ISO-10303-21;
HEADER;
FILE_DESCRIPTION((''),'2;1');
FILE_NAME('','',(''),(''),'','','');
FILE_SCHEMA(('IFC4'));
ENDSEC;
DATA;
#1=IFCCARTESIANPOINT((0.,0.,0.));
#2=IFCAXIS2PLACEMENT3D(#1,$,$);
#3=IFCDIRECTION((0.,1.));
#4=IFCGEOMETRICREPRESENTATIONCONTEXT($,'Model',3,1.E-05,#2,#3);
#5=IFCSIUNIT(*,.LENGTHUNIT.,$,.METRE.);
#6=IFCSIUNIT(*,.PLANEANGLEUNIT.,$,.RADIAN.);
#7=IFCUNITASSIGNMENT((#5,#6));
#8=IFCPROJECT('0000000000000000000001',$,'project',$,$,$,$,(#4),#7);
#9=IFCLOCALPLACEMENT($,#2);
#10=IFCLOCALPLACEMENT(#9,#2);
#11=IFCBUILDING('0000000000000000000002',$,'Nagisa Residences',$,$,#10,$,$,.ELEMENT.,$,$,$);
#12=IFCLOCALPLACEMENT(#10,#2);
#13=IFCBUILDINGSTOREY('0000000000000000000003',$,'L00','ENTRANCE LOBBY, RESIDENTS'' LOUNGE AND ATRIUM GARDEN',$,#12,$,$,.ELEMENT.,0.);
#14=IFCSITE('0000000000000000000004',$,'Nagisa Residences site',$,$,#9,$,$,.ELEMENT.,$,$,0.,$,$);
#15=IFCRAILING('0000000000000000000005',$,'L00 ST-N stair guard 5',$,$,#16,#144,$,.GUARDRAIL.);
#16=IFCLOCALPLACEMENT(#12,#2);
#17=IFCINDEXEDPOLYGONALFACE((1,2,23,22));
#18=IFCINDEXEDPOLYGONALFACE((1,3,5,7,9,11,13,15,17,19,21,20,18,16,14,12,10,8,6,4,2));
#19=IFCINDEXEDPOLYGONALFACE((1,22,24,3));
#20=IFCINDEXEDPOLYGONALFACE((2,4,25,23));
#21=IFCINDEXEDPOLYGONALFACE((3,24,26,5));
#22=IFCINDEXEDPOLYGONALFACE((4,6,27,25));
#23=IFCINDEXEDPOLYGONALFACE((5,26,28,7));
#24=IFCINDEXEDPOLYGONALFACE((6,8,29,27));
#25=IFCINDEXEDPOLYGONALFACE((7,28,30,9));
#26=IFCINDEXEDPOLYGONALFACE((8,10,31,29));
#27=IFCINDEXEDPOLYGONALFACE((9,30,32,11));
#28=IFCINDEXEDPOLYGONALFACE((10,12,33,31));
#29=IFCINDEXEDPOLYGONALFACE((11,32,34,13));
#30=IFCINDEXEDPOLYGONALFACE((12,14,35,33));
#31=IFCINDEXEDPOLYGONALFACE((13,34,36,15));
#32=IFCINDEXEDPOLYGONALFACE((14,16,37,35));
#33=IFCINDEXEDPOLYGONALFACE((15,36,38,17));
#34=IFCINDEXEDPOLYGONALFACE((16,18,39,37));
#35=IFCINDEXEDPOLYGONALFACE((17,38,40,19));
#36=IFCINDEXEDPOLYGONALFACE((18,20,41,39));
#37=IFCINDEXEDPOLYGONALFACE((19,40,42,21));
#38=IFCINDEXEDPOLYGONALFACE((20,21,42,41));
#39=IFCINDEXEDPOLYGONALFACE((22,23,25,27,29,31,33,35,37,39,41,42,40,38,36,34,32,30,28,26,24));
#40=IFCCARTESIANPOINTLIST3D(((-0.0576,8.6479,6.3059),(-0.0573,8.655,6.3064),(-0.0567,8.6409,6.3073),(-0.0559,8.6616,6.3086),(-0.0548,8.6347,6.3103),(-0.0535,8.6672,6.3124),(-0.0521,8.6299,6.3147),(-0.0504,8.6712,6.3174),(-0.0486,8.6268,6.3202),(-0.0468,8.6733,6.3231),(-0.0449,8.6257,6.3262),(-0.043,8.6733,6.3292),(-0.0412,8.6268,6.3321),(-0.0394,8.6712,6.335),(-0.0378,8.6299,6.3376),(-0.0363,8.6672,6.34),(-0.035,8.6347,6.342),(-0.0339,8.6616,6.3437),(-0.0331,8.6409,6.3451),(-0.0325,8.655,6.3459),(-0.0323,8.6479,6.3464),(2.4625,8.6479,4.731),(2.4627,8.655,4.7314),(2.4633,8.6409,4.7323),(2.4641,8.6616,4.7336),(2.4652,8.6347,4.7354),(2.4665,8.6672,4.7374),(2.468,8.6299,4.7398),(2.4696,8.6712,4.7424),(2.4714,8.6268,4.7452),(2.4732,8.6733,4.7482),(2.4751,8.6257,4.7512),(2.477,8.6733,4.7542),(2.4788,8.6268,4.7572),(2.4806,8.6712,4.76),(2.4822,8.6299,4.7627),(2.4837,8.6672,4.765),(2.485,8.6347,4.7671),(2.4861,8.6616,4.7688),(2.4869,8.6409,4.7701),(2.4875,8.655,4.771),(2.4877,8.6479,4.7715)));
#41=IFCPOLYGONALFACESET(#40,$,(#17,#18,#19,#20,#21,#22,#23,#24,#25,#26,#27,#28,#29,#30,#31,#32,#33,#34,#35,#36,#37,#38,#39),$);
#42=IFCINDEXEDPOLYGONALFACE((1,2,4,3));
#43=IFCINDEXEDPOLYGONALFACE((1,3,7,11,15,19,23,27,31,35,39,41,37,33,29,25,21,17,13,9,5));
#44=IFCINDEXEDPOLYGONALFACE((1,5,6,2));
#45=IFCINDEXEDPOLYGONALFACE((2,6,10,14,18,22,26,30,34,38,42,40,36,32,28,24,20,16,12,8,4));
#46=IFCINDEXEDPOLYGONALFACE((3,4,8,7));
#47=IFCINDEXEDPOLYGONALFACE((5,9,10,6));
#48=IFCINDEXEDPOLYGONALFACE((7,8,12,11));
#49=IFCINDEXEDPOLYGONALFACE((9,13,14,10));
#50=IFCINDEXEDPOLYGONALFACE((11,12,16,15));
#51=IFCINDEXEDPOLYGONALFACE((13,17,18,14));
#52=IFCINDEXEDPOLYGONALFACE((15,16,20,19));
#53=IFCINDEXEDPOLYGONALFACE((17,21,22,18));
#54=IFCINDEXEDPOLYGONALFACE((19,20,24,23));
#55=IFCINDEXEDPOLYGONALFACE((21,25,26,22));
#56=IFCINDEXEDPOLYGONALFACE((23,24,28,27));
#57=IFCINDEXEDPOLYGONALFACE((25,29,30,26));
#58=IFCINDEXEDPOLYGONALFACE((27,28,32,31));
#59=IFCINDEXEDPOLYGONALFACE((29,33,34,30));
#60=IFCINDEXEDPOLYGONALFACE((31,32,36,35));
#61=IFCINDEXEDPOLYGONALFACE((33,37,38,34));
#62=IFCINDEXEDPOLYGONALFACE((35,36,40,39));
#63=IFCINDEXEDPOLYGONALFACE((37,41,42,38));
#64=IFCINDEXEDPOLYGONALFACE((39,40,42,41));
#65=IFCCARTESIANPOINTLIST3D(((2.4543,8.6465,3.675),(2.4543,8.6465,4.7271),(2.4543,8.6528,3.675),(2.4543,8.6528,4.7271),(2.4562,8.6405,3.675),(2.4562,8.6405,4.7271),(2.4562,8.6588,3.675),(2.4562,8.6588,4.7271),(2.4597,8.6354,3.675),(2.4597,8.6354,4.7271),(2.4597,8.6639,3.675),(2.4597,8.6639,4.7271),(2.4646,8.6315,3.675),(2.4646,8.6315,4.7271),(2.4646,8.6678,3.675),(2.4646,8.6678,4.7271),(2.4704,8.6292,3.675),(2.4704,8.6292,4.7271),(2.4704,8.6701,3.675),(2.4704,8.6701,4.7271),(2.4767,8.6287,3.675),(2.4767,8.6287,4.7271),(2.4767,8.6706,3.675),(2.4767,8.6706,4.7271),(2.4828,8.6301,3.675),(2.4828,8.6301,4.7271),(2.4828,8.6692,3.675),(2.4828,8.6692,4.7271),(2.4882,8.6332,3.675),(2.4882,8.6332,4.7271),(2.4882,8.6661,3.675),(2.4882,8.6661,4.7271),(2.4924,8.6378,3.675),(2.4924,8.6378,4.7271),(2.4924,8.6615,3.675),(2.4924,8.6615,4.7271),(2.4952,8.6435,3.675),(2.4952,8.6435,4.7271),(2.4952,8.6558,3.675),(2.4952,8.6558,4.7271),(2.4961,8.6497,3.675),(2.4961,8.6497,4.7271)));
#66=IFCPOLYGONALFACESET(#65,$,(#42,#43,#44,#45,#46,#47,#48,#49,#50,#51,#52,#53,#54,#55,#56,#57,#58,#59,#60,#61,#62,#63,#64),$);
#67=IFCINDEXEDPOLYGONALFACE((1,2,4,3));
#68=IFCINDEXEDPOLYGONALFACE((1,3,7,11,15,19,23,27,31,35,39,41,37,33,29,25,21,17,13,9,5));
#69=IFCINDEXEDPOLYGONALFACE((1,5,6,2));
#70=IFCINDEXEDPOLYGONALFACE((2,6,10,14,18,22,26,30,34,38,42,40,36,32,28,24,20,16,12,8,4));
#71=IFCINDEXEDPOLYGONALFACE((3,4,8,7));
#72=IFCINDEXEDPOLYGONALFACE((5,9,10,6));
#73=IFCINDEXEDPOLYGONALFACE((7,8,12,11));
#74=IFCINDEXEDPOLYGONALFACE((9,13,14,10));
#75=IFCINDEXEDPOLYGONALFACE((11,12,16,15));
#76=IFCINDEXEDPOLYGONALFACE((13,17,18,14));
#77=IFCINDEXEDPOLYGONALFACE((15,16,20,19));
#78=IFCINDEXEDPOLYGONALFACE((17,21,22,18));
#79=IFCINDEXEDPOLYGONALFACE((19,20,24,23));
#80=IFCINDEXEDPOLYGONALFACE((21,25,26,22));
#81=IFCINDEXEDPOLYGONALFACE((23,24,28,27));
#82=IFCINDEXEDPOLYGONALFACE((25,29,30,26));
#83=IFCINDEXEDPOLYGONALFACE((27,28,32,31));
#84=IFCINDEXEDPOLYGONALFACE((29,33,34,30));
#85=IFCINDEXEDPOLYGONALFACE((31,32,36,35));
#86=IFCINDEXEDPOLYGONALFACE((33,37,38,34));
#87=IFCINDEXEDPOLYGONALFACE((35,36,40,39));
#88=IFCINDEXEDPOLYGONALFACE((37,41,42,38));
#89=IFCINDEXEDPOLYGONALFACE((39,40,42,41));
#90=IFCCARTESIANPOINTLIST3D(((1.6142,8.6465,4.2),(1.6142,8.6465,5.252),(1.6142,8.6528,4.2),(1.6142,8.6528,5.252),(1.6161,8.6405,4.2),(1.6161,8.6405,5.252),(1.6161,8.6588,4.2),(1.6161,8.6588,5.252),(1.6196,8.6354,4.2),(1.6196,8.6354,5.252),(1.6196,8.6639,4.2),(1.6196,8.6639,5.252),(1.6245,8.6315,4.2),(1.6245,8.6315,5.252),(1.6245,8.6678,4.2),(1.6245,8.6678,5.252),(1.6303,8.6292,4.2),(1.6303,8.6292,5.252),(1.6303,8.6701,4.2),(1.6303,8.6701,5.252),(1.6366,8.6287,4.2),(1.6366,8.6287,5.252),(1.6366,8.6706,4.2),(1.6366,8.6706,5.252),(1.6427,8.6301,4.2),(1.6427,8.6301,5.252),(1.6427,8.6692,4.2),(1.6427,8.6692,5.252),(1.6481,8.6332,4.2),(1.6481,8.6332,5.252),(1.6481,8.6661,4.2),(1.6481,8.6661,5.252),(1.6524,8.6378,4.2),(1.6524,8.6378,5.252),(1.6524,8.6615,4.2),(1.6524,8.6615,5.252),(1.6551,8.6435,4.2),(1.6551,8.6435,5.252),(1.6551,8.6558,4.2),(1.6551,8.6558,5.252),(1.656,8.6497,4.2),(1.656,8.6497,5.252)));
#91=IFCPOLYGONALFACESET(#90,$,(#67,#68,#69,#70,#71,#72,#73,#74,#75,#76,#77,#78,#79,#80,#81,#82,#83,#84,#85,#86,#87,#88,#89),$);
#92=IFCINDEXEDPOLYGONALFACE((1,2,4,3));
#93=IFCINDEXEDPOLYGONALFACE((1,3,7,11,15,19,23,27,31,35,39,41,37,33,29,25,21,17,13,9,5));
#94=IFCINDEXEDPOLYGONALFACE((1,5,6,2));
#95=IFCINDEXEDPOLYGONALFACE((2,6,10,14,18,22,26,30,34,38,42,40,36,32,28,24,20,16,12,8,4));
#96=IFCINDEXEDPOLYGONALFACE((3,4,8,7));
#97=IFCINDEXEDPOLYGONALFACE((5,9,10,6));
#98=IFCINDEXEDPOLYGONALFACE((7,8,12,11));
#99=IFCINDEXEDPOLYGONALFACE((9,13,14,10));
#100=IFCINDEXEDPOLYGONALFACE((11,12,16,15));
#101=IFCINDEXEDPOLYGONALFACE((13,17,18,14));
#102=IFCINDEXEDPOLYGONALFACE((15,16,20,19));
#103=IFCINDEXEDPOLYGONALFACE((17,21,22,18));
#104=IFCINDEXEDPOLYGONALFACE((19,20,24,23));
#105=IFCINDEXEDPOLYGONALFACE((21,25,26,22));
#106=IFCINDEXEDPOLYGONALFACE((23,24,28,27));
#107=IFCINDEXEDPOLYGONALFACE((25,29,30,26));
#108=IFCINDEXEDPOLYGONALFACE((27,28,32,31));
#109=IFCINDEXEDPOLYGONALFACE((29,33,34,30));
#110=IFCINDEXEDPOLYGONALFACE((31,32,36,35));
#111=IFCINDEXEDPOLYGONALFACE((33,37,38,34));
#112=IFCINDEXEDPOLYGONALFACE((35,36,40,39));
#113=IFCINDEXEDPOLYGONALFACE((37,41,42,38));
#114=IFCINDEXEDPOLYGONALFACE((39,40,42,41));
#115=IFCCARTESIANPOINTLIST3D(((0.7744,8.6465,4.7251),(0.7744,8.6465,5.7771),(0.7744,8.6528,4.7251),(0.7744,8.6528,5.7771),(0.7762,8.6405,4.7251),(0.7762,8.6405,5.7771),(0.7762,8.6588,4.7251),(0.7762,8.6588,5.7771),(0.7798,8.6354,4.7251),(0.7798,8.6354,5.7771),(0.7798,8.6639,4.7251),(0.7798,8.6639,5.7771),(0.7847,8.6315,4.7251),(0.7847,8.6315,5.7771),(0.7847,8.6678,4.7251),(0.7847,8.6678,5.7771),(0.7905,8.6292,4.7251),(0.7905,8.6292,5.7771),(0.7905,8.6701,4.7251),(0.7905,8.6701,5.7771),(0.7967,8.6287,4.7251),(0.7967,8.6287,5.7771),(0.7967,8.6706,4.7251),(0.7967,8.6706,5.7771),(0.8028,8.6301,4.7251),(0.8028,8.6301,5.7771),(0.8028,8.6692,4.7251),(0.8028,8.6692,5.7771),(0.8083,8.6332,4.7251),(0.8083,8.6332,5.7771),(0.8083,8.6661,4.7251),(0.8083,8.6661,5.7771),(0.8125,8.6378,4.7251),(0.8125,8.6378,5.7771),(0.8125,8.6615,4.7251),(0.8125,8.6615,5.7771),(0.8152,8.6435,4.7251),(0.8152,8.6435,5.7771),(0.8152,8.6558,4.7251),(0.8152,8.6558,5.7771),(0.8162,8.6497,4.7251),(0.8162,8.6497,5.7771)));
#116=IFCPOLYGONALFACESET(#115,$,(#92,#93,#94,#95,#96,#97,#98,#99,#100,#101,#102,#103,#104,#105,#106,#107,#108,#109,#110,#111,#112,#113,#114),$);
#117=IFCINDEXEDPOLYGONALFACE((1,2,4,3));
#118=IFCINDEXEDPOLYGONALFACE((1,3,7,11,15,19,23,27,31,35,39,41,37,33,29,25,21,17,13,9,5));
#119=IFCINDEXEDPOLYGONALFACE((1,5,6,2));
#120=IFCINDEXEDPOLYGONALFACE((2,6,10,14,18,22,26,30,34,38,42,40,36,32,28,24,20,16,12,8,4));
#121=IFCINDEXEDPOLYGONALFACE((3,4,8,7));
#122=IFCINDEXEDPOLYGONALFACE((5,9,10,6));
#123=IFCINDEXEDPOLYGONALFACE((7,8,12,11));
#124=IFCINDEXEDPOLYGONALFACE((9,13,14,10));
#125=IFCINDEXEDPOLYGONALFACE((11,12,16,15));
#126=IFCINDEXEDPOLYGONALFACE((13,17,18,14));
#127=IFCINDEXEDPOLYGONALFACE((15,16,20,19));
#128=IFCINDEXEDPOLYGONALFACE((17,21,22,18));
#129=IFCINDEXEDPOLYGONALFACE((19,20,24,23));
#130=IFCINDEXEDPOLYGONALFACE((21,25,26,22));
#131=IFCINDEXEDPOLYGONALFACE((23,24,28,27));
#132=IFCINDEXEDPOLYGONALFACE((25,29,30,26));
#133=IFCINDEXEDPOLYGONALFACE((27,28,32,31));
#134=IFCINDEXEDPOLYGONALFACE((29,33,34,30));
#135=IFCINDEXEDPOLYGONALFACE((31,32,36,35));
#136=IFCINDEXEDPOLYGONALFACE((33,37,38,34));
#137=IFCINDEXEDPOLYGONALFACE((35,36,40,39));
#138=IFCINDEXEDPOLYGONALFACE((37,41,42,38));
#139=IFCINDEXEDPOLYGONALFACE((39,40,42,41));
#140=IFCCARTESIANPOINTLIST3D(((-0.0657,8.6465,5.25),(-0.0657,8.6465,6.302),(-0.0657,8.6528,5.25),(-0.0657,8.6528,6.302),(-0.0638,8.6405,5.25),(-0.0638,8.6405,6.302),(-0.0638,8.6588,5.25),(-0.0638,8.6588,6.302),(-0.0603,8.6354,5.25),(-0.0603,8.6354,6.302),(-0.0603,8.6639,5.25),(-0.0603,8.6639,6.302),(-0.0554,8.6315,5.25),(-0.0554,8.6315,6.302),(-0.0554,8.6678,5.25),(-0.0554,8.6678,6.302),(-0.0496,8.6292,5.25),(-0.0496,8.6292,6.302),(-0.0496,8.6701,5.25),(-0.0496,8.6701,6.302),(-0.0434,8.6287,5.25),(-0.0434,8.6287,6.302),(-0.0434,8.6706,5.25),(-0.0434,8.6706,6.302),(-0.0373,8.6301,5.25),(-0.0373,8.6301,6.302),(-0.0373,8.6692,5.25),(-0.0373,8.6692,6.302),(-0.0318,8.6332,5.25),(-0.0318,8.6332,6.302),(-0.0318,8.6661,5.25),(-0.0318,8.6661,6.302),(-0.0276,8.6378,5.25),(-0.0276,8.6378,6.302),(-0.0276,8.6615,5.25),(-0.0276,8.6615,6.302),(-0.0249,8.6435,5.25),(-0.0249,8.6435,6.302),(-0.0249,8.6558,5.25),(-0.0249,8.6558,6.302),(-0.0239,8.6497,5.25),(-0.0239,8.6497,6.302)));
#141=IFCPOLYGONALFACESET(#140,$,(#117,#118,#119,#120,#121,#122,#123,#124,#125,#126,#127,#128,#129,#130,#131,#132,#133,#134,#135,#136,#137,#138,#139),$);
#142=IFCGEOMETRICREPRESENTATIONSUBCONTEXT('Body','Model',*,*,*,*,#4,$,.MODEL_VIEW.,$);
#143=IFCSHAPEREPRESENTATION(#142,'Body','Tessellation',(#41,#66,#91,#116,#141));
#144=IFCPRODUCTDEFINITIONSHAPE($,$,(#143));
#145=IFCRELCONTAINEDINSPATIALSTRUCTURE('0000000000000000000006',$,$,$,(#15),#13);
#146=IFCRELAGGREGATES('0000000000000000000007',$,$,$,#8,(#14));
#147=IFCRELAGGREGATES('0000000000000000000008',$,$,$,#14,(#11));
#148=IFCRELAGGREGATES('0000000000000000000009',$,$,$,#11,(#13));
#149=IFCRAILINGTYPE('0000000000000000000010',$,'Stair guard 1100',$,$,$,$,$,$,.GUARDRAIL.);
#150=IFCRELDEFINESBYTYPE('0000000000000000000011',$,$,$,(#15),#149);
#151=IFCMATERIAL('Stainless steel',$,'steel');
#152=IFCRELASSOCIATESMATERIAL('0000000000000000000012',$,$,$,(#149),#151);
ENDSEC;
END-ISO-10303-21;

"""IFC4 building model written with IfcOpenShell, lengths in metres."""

from ifc_helpers import new_model, si_unit, direction, frame, origin, origin_2d, place, context, subcontext, project, spatial, circle, extrude, material, type_object, element, save


model = new_model("IFC4")

# Units and contexts
model_context = context("Model", 3, precision=1e-05, world=origin(), true_north=direction((0.0, 1.0)))
body_context = subcontext(model_context, "Body", "Model", "MODEL_VIEW")
ifc_project = project(units=[si_unit("LENGTHUNIT", "METRE"), si_unit("PLANEANGLEUNIT", "RADIAN")], contexts=[model_context])

# Site, building, storey
site_placement = place(None, origin())
site = spatial("IfcSite", under=ifc_project, at=site_placement, Name="Nagisa Residences site", CompositionType="ELEMENT", RefElevation=0.0)
building_placement = place(site_placement, origin())
building = spatial("IfcBuilding", under=site, at=building_placement, Name="Nagisa Residences", CompositionType="ELEMENT")
storey_placement = place(building_placement, origin())
storey = spatial("IfcBuildingStorey", under=building, at=storey_placement, Name="L00", Description="ENTRANCE LOBBY, RESIDENTS' LOUNGE AND ATRIUM GARDEN", CompositionType="ELEMENT", Elevation=0.0)

# Railing
ifc_material_1 = material(Name="Stainless steel", Category="steel")
railing_type_1 = type_object("IfcRailingType", Name="Stair guard 1100", PredefinedType="GUARDRAIL", material=ifc_material_1)
railing_1_placement = place(storey_placement, frame((2.4751, 8.6497, 3.675)))
element("IfcRailing", 1, at=railing_1_placement, inside=storey, type_object=railing_type_1, Name="L00 ST-N stair guard 5", PredefinedType="GUARDRAIL", context=body_context, shape_type="SweptSolid", body=[
    extrude(circle(Radius=0.0239, at=origin_2d()), frame((0.0, 0.0, 1.0762), z_axis=(-0.848008, 0.0, 0.529984), x_axis=(0.0, -1.0, 0.0)), (0.0, 0.0, 1.0), 2.9717),
    extrude(circle(Radius=0.021, at=origin_2d()), origin(), (0.0, 0.0, 1.0), 1.052),
    extrude(circle(Radius=0.021, at=origin_2d()), frame((-0.8401, 0.0, 0.5249)), (0.0, 0.0, 1.0), 1.052),
    extrude(circle(Radius=0.021, at=origin_2d()), frame((-1.6799, 0.0, 1.05)), (0.0, 0.0, 1.0), 1.052),
    extrude(circle(Radius=0.021, at=origin_2d()), frame((-2.52, 0.0, 1.575)), (0.0, 0.0, 1.0), 1.052),
])

save(model, "model.ifc")
